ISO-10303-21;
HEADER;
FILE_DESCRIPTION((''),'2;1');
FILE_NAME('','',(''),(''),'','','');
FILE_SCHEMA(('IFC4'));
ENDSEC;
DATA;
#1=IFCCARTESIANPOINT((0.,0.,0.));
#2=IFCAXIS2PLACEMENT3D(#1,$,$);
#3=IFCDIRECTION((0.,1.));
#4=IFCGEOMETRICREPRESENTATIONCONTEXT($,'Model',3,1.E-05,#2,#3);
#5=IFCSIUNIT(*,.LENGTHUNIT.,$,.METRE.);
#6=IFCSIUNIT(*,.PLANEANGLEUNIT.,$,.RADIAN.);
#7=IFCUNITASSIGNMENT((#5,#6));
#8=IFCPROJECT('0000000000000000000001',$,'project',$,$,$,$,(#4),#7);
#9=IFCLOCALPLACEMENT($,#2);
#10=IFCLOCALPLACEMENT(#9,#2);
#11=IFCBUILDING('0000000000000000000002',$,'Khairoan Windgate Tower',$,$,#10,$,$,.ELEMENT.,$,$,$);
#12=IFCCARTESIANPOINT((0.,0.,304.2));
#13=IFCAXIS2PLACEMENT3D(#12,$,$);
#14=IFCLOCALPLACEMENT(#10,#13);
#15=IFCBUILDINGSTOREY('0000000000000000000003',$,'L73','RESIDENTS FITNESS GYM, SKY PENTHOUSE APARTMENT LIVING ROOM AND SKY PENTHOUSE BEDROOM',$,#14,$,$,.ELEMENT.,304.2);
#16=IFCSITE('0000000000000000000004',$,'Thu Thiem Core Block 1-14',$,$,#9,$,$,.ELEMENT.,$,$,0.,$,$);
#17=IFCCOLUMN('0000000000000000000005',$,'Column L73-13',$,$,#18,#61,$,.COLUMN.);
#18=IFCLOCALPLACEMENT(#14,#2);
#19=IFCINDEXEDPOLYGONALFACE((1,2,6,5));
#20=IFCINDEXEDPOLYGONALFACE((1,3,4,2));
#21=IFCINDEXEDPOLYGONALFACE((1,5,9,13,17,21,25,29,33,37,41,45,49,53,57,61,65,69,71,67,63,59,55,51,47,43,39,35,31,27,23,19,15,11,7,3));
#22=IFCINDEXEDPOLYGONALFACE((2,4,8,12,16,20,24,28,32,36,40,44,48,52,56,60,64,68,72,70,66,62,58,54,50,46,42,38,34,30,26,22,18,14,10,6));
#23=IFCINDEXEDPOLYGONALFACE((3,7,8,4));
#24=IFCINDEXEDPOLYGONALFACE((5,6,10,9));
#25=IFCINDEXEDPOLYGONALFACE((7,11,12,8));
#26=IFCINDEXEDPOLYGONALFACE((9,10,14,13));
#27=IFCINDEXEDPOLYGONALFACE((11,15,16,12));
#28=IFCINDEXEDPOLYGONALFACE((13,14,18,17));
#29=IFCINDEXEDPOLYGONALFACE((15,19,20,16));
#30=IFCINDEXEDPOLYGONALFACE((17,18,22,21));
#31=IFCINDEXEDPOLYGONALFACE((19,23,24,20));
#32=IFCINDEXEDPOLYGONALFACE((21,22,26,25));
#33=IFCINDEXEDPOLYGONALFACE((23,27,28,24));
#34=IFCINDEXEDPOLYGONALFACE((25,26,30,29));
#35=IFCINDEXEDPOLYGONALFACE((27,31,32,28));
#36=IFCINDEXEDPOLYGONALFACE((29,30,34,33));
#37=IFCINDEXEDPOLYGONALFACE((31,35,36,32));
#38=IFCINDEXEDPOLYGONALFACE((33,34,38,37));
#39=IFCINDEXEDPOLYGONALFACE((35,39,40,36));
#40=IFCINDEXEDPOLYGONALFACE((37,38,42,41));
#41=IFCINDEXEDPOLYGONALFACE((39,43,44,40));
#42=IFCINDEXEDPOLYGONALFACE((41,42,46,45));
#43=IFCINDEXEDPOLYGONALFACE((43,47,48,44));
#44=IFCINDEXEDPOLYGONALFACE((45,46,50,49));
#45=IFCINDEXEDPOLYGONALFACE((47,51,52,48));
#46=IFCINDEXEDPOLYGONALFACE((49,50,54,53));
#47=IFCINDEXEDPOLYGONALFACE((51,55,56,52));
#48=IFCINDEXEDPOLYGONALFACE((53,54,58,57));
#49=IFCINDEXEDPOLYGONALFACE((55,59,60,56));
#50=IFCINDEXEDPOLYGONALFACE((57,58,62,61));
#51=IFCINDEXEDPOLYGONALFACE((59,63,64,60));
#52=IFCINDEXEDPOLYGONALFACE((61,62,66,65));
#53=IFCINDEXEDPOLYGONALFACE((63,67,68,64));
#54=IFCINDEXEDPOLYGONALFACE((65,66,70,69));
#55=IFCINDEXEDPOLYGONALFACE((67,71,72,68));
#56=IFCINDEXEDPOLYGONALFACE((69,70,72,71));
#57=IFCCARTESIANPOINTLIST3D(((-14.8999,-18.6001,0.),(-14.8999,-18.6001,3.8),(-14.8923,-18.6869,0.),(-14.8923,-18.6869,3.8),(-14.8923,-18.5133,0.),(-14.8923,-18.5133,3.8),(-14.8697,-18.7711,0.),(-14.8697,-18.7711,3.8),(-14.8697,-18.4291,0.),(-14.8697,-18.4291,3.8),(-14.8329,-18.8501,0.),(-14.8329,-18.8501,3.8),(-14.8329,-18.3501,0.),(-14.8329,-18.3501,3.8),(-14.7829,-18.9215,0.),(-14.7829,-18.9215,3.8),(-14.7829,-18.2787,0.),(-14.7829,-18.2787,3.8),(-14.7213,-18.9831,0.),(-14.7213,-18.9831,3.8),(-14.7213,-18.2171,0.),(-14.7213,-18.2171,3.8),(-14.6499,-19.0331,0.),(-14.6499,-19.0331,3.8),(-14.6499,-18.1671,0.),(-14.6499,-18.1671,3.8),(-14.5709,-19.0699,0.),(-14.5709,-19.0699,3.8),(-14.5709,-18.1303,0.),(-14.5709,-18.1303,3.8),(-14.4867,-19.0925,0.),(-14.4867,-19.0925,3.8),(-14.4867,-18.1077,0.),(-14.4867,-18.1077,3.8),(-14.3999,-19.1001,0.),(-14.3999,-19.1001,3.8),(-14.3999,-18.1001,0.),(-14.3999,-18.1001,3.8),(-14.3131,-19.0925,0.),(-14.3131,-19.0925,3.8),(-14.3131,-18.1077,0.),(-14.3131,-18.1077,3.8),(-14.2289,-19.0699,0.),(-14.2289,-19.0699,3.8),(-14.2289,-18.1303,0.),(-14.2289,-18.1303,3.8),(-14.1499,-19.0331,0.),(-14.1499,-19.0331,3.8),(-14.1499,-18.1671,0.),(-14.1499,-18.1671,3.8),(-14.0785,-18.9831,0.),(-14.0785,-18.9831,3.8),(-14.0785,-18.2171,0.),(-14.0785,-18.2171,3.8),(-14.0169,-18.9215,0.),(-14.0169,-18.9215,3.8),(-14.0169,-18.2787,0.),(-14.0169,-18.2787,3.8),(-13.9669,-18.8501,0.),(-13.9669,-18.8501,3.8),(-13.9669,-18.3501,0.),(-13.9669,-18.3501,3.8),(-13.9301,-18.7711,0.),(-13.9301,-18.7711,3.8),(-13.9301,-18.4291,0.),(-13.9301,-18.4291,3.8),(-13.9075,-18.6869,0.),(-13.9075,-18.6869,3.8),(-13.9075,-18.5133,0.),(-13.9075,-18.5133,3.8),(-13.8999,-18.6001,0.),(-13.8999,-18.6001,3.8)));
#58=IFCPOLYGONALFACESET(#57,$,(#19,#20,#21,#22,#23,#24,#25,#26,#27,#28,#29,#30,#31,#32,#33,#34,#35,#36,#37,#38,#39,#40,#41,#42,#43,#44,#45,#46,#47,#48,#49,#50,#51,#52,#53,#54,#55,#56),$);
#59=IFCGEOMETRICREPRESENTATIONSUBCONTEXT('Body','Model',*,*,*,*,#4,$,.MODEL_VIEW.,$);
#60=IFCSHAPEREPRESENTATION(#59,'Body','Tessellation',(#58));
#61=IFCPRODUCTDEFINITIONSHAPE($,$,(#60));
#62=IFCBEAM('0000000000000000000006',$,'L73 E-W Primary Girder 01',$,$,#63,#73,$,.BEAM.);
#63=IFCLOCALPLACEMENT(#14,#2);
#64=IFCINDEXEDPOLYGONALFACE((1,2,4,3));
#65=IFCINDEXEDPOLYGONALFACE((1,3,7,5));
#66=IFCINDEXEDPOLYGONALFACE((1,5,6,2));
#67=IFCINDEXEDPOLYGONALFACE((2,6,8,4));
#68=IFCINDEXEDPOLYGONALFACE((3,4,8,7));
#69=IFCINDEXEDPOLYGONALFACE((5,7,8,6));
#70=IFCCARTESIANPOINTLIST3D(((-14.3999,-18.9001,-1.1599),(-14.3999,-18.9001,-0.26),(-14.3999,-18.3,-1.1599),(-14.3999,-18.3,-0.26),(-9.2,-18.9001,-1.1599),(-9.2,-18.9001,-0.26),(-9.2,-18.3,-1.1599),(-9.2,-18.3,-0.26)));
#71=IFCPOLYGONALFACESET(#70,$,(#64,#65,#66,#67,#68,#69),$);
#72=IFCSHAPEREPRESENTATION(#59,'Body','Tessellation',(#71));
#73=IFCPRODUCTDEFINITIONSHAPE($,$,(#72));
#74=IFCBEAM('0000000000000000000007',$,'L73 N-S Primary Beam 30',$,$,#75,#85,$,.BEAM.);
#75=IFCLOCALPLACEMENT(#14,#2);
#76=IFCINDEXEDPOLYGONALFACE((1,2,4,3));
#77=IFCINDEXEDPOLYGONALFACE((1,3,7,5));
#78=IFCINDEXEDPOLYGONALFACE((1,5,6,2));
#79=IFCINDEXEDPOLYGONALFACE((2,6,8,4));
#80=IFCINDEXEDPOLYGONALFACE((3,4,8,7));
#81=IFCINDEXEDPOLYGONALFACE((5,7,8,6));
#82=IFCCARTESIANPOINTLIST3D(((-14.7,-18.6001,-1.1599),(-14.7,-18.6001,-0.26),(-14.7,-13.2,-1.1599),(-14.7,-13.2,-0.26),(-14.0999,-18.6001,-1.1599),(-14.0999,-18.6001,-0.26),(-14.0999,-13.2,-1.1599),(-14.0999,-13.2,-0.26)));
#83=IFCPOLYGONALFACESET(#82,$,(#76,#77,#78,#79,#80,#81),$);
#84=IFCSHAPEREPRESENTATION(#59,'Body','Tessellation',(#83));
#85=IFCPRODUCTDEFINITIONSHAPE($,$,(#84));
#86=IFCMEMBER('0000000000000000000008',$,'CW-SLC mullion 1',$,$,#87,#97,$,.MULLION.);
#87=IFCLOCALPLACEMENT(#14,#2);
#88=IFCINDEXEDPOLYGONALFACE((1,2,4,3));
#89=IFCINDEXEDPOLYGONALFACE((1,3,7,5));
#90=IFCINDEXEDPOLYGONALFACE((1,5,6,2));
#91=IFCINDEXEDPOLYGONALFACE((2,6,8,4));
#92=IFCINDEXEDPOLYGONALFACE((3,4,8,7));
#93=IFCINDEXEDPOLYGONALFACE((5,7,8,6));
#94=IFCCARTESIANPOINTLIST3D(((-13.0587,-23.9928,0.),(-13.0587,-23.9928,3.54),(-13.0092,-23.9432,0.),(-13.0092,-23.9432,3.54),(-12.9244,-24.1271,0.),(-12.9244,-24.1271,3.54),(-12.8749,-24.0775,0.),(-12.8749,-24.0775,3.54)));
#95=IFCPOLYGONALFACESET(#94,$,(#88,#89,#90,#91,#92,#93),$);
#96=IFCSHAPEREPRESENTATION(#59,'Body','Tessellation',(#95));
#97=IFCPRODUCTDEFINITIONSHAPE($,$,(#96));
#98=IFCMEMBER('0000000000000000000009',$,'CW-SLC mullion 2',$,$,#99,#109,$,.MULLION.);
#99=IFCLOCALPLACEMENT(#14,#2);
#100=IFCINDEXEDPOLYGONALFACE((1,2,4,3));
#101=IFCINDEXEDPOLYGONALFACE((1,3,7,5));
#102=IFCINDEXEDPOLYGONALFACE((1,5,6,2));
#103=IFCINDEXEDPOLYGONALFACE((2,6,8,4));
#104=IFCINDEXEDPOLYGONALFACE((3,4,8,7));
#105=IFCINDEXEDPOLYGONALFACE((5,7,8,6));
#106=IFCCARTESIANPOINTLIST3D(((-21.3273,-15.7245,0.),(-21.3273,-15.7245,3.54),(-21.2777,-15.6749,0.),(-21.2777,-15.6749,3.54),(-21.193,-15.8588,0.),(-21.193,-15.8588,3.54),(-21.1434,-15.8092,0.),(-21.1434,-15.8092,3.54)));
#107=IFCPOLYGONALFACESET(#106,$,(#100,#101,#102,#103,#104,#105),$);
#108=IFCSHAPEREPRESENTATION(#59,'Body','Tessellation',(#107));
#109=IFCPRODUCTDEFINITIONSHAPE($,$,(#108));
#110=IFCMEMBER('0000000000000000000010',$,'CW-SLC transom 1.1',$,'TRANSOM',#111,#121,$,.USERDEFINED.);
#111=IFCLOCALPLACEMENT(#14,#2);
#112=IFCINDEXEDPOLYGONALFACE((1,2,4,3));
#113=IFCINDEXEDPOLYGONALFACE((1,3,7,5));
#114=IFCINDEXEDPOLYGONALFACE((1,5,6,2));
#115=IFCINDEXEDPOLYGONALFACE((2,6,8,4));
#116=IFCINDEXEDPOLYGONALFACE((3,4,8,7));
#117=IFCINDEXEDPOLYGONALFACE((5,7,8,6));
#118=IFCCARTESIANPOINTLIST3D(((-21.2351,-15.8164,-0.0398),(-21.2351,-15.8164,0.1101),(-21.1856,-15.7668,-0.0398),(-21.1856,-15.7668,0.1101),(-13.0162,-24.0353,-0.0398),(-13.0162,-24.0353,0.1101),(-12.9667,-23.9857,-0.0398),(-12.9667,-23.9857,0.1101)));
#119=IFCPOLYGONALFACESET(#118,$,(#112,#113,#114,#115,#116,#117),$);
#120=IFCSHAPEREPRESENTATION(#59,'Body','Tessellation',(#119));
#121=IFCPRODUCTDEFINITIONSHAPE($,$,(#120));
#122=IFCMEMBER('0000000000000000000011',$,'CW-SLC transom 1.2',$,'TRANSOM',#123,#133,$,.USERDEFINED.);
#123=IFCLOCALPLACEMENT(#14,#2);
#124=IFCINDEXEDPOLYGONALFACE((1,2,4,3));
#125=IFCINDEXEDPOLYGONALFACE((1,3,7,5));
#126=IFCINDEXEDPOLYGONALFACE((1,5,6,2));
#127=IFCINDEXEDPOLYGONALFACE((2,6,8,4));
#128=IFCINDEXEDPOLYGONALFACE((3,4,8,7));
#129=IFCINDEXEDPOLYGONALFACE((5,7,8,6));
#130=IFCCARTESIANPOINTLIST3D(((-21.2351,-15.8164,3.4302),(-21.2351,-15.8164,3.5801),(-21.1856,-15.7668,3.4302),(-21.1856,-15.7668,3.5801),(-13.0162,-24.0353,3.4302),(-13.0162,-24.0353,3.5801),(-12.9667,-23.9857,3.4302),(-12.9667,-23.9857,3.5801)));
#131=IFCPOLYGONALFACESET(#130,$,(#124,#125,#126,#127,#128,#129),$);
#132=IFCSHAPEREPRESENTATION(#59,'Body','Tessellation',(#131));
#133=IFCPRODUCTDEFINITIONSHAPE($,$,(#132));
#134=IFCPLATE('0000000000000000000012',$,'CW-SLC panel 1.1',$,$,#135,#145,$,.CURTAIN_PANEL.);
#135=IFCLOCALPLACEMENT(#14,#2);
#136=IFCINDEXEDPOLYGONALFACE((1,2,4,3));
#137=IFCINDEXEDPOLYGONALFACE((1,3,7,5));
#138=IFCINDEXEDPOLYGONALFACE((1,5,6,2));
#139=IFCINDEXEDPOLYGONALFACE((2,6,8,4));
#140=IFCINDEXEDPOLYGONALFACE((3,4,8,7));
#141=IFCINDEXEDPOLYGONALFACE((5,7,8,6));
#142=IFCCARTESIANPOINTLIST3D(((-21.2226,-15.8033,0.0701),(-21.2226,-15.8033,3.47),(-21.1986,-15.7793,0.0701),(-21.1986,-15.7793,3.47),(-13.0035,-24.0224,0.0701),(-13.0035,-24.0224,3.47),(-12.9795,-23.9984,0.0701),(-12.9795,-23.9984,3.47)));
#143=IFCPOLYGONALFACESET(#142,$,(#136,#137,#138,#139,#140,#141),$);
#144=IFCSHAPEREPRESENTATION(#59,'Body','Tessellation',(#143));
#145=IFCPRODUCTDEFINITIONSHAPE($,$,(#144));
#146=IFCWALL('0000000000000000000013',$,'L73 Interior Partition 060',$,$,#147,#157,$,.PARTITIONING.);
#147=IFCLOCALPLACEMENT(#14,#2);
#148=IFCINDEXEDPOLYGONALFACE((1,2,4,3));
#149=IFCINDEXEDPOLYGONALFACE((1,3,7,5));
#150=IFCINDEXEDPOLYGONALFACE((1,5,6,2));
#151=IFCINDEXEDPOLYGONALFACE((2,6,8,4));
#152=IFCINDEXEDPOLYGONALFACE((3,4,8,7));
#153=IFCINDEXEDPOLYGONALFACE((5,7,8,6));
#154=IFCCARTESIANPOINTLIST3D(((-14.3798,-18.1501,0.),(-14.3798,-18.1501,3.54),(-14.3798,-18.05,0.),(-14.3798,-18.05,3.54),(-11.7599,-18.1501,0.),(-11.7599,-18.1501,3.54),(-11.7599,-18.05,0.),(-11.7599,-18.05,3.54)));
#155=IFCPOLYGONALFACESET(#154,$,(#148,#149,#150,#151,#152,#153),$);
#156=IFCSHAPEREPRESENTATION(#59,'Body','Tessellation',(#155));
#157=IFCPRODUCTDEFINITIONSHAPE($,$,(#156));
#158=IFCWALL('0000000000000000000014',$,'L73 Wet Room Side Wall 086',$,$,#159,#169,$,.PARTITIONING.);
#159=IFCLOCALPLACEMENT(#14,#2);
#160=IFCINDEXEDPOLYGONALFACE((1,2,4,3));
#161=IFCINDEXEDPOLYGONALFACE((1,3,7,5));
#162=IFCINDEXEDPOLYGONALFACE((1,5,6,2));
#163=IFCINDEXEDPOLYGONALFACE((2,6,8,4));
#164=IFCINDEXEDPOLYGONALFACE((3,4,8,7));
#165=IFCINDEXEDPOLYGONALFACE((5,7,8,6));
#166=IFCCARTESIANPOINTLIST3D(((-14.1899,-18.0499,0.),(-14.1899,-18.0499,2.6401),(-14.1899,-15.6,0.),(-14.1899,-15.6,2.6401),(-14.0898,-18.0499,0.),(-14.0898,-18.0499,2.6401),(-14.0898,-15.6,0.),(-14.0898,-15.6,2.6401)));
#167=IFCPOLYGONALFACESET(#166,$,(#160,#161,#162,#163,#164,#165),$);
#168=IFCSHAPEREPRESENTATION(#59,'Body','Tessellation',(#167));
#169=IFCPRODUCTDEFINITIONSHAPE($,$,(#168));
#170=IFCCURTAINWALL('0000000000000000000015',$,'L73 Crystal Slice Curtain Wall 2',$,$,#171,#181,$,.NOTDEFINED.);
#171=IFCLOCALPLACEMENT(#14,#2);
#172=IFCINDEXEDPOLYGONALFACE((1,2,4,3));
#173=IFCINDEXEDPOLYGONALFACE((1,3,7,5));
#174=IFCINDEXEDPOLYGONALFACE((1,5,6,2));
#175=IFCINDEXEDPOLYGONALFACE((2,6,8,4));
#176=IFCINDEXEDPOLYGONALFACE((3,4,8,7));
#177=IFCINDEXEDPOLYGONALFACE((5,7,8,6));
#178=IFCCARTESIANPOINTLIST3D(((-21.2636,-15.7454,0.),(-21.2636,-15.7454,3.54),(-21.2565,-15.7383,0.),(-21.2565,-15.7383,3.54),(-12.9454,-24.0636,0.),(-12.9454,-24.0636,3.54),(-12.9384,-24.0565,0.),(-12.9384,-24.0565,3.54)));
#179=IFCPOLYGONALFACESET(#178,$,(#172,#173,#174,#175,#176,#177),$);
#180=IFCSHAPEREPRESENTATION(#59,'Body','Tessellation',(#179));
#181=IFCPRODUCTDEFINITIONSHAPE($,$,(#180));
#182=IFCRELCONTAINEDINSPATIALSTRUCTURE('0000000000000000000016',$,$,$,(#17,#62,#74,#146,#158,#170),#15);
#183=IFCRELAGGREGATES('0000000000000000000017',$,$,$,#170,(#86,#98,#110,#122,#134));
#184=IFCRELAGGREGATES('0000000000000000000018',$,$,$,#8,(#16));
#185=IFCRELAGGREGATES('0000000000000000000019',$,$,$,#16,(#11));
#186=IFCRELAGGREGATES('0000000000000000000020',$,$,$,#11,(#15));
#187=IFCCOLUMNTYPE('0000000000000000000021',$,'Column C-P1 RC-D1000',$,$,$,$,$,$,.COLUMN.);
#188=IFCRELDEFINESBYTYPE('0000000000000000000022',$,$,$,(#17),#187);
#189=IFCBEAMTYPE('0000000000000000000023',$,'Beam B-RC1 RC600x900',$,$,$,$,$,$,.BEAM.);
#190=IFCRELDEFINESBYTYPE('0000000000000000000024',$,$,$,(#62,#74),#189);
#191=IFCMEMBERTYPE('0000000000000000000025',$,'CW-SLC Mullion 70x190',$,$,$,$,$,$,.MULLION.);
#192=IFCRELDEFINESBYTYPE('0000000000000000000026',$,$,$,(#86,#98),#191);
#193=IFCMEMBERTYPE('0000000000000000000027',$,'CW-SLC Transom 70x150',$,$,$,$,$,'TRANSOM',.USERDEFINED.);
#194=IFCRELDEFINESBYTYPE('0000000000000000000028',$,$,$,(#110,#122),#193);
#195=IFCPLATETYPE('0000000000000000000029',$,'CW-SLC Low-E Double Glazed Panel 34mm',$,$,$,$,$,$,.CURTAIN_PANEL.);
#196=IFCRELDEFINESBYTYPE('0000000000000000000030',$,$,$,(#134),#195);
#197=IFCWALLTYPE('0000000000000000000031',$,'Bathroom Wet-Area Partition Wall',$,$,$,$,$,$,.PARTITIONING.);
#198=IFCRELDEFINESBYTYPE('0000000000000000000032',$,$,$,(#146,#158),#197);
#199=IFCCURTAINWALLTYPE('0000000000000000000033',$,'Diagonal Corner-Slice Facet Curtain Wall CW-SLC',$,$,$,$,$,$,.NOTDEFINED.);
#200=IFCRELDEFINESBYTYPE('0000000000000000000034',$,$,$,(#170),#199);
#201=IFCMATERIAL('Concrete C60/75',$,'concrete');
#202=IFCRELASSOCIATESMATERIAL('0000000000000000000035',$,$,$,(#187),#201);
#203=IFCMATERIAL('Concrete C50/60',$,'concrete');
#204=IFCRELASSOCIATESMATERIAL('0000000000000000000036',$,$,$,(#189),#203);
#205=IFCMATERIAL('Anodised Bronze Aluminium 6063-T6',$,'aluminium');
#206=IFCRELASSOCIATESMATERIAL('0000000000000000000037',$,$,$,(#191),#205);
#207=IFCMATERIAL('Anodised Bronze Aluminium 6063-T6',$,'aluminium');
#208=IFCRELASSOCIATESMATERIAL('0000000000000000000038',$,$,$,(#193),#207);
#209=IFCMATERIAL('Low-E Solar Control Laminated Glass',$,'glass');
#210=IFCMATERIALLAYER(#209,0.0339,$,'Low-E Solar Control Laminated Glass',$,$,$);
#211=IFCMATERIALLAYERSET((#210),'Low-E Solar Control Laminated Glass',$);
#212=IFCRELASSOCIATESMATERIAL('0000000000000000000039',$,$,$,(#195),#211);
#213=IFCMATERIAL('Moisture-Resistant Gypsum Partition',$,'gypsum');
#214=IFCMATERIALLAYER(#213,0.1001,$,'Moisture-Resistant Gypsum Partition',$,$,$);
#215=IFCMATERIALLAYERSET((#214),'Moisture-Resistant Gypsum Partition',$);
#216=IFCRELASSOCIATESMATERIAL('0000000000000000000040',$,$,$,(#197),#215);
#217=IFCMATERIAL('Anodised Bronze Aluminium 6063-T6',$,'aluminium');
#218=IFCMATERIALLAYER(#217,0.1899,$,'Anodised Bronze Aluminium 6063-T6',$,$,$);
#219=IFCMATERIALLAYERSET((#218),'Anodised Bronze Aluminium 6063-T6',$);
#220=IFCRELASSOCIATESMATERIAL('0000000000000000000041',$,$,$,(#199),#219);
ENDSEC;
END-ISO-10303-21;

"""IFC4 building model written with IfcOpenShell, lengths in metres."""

from ifc_helpers import new_model, si_unit, direction, frame, frame_2d, origin, origin_2d, place, context, subcontext, project, spatial, rectangle, circle, extrude, material, layer, layer_set, material_profile, profile_set, type_object, element, aggregate, save


model = new_model("IFC4")

# Units and contexts
model_context = context("Model", 3, precision=1e-05, world=origin(), true_north=direction((0.0, 1.0)))
body_context = subcontext(model_context, "Body", "Model", "MODEL_VIEW")
ifc_project = project(units=[si_unit("LENGTHUNIT", "METRE"), si_unit("PLANEANGLEUNIT", "RADIAN")], contexts=[model_context])

# Site, building, storey
site_placement = place(None, origin())
site = spatial("IfcSite", under=ifc_project, at=site_placement, Name="Thu Thiem Core Block 1-14", CompositionType="ELEMENT", RefElevation=0.0)
building_placement = place(site_placement, origin())
building = spatial("IfcBuilding", under=site, at=building_placement, Name="Khairoan Windgate Tower", CompositionType="ELEMENT")
storey_placement = place(building_placement, frame((0.0, 0.0, 304.2)))
storey = spatial("IfcBuildingStorey", under=building, at=storey_placement, Name="L73", Description="RESIDENTS FITNESS GYM, SKY PENTHOUSE APARTMENT LIVING ROOM AND SKY PENTHOUSE BEDROOM", CompositionType="ELEMENT", Elevation=304.2)

# Column
ifc_material_1 = material(Name="Concrete C60/75", Category="concrete")
ifc_material_profile_1 = material_profile(ifc_material_1, circle(Radius=0.5, at=origin_2d()))
ifc_profile_set_1 = profile_set([ifc_material_profile_1], Name="Concrete C60/75")
column_type = type_object("IfcColumnType", Name="Column C-P1 RC-D1000", PredefinedType="COLUMN", material=ifc_profile_set_1)
column_placement = place(storey_placement, frame((-14.3999, -18.6001, 0.0), z_axis=(0.0, 0.0, 1.0), x_axis=(1.0, 0.0, 0.0)))
element("IfcColumn", 1, at=column_placement, inside=storey, type_object=column_type, Name="Column L73-13", PredefinedType="COLUMN", context=body_context, shape_type="SweptSolid", body=[
    extrude(circle(Radius=0.5, at=origin_2d()), origin(), (0.0, 0.0, 1.0), 3.8),
])

# Beams
ifc_material_2 = material(Name="Concrete C50/60", Category="concrete")
ifc_material_profile_2 = material_profile(ifc_material_2, rectangle(XDim=0.6001, YDim=0.8999, at=origin_2d()))
ifc_profile_set_2 = profile_set([ifc_material_profile_2], Name="Concrete C50/60")
beam_type = type_object("IfcBeamType", Name="Beam B-RC1 RC600x900", PredefinedType="BEAM", material=ifc_profile_set_2)
beam_1_placement = place(storey_placement, frame((-14.3999, -18.6001, -0.71), z_axis=(1.0, 0.0, 0.0), x_axis=(0.0, 1.0, 0.0)))
element("IfcBeam", 2, at=beam_1_placement, inside=storey, type_object=beam_type, Name="L73 E-W Primary Girder 01", PredefinedType="BEAM", context=body_context, shape_type="SweptSolid", body=[
    extrude(rectangle(XDim=0.6001, YDim=0.8999, at=origin_2d()), origin(), (0.0, 0.0, 1.0), 5.2),
])
beam_2_placement = place(storey_placement, frame((-14.3999, -18.6001, -0.71), z_axis=(0.0, 1.0, 0.0), x_axis=(-1.0, 0.0, 0.0)))
element("IfcBeam", 3, at=beam_2_placement, inside=storey, type_object=beam_type, Name="L73 N-S Primary Beam 30", PredefinedType="BEAM", context=body_context, shape_type="SweptSolid", body=[
    extrude(rectangle(XDim=0.6001, YDim=0.8999, at=origin_2d()), origin(), (0.0, 0.0, 1.0), 5.4001),
])

# Members
ifc_material_3 = material(Name="Anodised Bronze Aluminium 6063-T6", Category="aluminium")
ifc_material_profile_3 = material_profile(ifc_material_3, rectangle(XDim=0.0701, YDim=0.1899, at=origin_2d()))
ifc_profile_set_3 = profile_set([ifc_material_profile_3], Name="Anodised Bronze Aluminium 6063-T6")
member_type_1 = type_object("IfcMemberType", Name="CW-SLC Mullion 70x190", PredefinedType="MULLION", material=ifc_profile_set_3)
member_1_placement = place(storey_placement, frame((-12.9668, -24.0352, 0.0), z_axis=(0.0, 0.0, 1.0), x_axis=(-0.707107, -0.707107, 0.0)))
member_1 = element("IfcMember", 4, at=member_1_placement, type_object=member_type_1, Name="CW-SLC mullion 1", PredefinedType="MULLION", context=body_context, shape_type="SweptSolid", body=[
    extrude(rectangle(XDim=0.0701, YDim=0.1899, at=origin_2d()), origin(), (0.0, 0.0, 1.0), 3.54),
])
member_2_placement = place(storey_placement, frame((-21.2354, -15.7668, 0.0), z_axis=(0.0, 0.0, 1.0), x_axis=(-0.707107, -0.707107, 0.0)))
member_2 = element("IfcMember", 5, at=member_2_placement, type_object=member_type_1, Name="CW-SLC mullion 2", PredefinedType="MULLION", context=body_context, shape_type="SweptSolid", body=[
    extrude(rectangle(XDim=0.0701, YDim=0.1899, at=origin_2d()), origin(), (0.0, 0.0, 1.0), 3.54),
])
ifc_material_4 = material(Name="Anodised Bronze Aluminium 6063-T6", Category="aluminium")
ifc_material_profile_4 = material_profile(ifc_material_4, rectangle(XDim=0.0701, YDim=0.1499, at=origin_2d()))
ifc_profile_set_4 = profile_set([ifc_material_profile_4], Name="Anodised Bronze Aluminium 6063-T6")
member_type_2 = type_object("IfcMemberType", Name="CW-SLC Transom 70x150", ElementType="TRANSOM", PredefinedType="USERDEFINED", material=ifc_profile_set_4)
member_3_placement = place(storey_placement, frame((-12.9915, -24.0105, 0.0352), z_axis=(-0.707107, 0.707107, 0.0), x_axis=(-0.707107, -0.707107, 0.0)))
member_3 = element("IfcMember", 6, at=member_3_placement, type_object=member_type_2, Name="CW-SLC transom 1.1", ObjectType="TRANSOM", PredefinedType="USERDEFINED", context=body_context, shape_type="SweptSolid", body=[
    extrude(rectangle(XDim=0.0701, YDim=0.1499, at=origin_2d()), origin(), (0.0, 0.0, 1.0), 11.6233),
])
member_4_placement = place(storey_placement, frame((-12.9915, -24.0105, 3.5051), z_axis=(-0.707107, 0.707107, 0.0), x_axis=(-0.707107, -0.707107, 0.0)))
member_4 = element("IfcMember", 7, at=member_4_placement, type_object=member_type_2, Name="CW-SLC transom 1.2", ObjectType="TRANSOM", PredefinedType="USERDEFINED", context=body_context, shape_type="SweptSolid", body=[
    extrude(rectangle(XDim=0.0701, YDim=0.1499, at=origin_2d()), origin(), (0.0, 0.0, 1.0), 11.6233),
])

# Plate
ifc_material_5 = material(Name="Low-E Solar Control Laminated Glass", Category="glass")
ifc_layer_1 = layer(ifc_material_5, 0.0339, Name="Low-E Solar Control Laminated Glass")
ifc_layer_set_1 = layer_set([ifc_layer_1], Name="Low-E Solar Control Laminated Glass")
plate_type_1 = type_object("IfcPlateType", Name="CW-SLC Low-E Double Glazed Panel 34mm", PredefinedType="CURTAIN_PANEL", material=ifc_layer_set_1)
plate_1_placement = place(storey_placement, frame((-17.1011, -19.9009, 0.0701), z_axis=(0.0, 0.0, 1.0), x_axis=(-0.707107, 0.707107, 0.0)))
plate_1 = element("IfcPlate", 8, at=plate_1_placement, type_object=plate_type_1, Name="CW-SLC panel 1.1", PredefinedType="CURTAIN_PANEL", context=body_context, shape_type="SweptSolid", body=[
    extrude(rectangle(XDim=11.6235, YDim=0.0339, at=origin_2d()), origin(), (0.0, 0.0, 1.0), 3.3999),
])

# Walls
ifc_material_6 = material(Name="Moisture-Resistant Gypsum Partition", Category="gypsum")
ifc_layer_2 = layer(ifc_material_6, 0.1001, Name="Moisture-Resistant Gypsum Partition")
ifc_layer_set_2 = layer_set([ifc_layer_2], Name="Moisture-Resistant Gypsum Partition")
wall_type_1 = type_object("IfcWallType", Name="Bathroom Wet-Area Partition Wall", PredefinedType="PARTITIONING", material=ifc_layer_set_2)
wall_1_placement = place(storey_placement, frame((-14.3799, -18.1001, 0.0), z_axis=(0.0, 0.0, 1.0), x_axis=(1.0, 0.0, 0.0)))
element("IfcWall", 9, at=wall_1_placement, inside=storey, type_object=wall_type_1, Name="L73 Interior Partition 060", PredefinedType="PARTITIONING", context=body_context, shape_type="SweptSolid", body=[
    extrude(rectangle(XDim=2.6199, YDim=0.1001, at=frame_2d((1.3101, 0.0))), origin(), (0.0, 0.0, 1.0), 3.54),
])
wall_2_placement = place(storey_placement, frame((-14.1399, -18.05, 0.0), z_axis=(0.0, 0.0, 1.0), x_axis=(0.0, 1.0, 0.0)))
element("IfcWall", 10, at=wall_2_placement, inside=storey, type_object=wall_type_1, Name="L73 Wet Room Side Wall 086", PredefinedType="PARTITIONING", context=body_context, shape_type="SweptSolid", body=[
    extrude(rectangle(XDim=2.45, YDim=0.1001, at=frame_2d((1.2251, 0.0))), origin(), (0.0, 0.0, 1.0), 2.6401),
])

# Curtain wall
ifc_material_7 = material(Name="Anodised Bronze Aluminium 6063-T6", Category="aluminium")
ifc_layer_3 = layer(ifc_material_7, 0.1899, Name="Anodised Bronze Aluminium 6063-T6")
ifc_layer_set_3 = layer_set([ifc_layer_3], Name="Anodised Bronze Aluminium 6063-T6")
curtain_wall_type_1 = type_object("IfcCurtainWallType", Name="Diagonal Corner-Slice Facet Curtain Wall CW-SLC", PredefinedType="NOTDEFINED", material=ifc_layer_set_3)
curtain_wall_1_placement = place(storey_placement, frame((-12.9419, -24.0601, 0.0), z_axis=(0.0, 0.0, 1.0), x_axis=(-0.707107, 0.707107, 0.0)))
curtain_wall_1 = element("IfcCurtainWall", 11, at=curtain_wall_1_placement, inside=storey, type_object=curtain_wall_type_1, Name="L73 Crystal Slice Curtain Wall 2", PredefinedType="NOTDEFINED", context=body_context, shape_type="SweptSolid", body=[
    extrude(rectangle(XDim=11.7637, YDim=0.01, at=frame_2d((5.8818, 0.0))), origin(), (0.0, 0.0, 1.0), 3.54),
])
aggregate(curtain_wall_1, [member_1, member_2, member_3, member_4, plate_1])

save(model, "model.ifc")
